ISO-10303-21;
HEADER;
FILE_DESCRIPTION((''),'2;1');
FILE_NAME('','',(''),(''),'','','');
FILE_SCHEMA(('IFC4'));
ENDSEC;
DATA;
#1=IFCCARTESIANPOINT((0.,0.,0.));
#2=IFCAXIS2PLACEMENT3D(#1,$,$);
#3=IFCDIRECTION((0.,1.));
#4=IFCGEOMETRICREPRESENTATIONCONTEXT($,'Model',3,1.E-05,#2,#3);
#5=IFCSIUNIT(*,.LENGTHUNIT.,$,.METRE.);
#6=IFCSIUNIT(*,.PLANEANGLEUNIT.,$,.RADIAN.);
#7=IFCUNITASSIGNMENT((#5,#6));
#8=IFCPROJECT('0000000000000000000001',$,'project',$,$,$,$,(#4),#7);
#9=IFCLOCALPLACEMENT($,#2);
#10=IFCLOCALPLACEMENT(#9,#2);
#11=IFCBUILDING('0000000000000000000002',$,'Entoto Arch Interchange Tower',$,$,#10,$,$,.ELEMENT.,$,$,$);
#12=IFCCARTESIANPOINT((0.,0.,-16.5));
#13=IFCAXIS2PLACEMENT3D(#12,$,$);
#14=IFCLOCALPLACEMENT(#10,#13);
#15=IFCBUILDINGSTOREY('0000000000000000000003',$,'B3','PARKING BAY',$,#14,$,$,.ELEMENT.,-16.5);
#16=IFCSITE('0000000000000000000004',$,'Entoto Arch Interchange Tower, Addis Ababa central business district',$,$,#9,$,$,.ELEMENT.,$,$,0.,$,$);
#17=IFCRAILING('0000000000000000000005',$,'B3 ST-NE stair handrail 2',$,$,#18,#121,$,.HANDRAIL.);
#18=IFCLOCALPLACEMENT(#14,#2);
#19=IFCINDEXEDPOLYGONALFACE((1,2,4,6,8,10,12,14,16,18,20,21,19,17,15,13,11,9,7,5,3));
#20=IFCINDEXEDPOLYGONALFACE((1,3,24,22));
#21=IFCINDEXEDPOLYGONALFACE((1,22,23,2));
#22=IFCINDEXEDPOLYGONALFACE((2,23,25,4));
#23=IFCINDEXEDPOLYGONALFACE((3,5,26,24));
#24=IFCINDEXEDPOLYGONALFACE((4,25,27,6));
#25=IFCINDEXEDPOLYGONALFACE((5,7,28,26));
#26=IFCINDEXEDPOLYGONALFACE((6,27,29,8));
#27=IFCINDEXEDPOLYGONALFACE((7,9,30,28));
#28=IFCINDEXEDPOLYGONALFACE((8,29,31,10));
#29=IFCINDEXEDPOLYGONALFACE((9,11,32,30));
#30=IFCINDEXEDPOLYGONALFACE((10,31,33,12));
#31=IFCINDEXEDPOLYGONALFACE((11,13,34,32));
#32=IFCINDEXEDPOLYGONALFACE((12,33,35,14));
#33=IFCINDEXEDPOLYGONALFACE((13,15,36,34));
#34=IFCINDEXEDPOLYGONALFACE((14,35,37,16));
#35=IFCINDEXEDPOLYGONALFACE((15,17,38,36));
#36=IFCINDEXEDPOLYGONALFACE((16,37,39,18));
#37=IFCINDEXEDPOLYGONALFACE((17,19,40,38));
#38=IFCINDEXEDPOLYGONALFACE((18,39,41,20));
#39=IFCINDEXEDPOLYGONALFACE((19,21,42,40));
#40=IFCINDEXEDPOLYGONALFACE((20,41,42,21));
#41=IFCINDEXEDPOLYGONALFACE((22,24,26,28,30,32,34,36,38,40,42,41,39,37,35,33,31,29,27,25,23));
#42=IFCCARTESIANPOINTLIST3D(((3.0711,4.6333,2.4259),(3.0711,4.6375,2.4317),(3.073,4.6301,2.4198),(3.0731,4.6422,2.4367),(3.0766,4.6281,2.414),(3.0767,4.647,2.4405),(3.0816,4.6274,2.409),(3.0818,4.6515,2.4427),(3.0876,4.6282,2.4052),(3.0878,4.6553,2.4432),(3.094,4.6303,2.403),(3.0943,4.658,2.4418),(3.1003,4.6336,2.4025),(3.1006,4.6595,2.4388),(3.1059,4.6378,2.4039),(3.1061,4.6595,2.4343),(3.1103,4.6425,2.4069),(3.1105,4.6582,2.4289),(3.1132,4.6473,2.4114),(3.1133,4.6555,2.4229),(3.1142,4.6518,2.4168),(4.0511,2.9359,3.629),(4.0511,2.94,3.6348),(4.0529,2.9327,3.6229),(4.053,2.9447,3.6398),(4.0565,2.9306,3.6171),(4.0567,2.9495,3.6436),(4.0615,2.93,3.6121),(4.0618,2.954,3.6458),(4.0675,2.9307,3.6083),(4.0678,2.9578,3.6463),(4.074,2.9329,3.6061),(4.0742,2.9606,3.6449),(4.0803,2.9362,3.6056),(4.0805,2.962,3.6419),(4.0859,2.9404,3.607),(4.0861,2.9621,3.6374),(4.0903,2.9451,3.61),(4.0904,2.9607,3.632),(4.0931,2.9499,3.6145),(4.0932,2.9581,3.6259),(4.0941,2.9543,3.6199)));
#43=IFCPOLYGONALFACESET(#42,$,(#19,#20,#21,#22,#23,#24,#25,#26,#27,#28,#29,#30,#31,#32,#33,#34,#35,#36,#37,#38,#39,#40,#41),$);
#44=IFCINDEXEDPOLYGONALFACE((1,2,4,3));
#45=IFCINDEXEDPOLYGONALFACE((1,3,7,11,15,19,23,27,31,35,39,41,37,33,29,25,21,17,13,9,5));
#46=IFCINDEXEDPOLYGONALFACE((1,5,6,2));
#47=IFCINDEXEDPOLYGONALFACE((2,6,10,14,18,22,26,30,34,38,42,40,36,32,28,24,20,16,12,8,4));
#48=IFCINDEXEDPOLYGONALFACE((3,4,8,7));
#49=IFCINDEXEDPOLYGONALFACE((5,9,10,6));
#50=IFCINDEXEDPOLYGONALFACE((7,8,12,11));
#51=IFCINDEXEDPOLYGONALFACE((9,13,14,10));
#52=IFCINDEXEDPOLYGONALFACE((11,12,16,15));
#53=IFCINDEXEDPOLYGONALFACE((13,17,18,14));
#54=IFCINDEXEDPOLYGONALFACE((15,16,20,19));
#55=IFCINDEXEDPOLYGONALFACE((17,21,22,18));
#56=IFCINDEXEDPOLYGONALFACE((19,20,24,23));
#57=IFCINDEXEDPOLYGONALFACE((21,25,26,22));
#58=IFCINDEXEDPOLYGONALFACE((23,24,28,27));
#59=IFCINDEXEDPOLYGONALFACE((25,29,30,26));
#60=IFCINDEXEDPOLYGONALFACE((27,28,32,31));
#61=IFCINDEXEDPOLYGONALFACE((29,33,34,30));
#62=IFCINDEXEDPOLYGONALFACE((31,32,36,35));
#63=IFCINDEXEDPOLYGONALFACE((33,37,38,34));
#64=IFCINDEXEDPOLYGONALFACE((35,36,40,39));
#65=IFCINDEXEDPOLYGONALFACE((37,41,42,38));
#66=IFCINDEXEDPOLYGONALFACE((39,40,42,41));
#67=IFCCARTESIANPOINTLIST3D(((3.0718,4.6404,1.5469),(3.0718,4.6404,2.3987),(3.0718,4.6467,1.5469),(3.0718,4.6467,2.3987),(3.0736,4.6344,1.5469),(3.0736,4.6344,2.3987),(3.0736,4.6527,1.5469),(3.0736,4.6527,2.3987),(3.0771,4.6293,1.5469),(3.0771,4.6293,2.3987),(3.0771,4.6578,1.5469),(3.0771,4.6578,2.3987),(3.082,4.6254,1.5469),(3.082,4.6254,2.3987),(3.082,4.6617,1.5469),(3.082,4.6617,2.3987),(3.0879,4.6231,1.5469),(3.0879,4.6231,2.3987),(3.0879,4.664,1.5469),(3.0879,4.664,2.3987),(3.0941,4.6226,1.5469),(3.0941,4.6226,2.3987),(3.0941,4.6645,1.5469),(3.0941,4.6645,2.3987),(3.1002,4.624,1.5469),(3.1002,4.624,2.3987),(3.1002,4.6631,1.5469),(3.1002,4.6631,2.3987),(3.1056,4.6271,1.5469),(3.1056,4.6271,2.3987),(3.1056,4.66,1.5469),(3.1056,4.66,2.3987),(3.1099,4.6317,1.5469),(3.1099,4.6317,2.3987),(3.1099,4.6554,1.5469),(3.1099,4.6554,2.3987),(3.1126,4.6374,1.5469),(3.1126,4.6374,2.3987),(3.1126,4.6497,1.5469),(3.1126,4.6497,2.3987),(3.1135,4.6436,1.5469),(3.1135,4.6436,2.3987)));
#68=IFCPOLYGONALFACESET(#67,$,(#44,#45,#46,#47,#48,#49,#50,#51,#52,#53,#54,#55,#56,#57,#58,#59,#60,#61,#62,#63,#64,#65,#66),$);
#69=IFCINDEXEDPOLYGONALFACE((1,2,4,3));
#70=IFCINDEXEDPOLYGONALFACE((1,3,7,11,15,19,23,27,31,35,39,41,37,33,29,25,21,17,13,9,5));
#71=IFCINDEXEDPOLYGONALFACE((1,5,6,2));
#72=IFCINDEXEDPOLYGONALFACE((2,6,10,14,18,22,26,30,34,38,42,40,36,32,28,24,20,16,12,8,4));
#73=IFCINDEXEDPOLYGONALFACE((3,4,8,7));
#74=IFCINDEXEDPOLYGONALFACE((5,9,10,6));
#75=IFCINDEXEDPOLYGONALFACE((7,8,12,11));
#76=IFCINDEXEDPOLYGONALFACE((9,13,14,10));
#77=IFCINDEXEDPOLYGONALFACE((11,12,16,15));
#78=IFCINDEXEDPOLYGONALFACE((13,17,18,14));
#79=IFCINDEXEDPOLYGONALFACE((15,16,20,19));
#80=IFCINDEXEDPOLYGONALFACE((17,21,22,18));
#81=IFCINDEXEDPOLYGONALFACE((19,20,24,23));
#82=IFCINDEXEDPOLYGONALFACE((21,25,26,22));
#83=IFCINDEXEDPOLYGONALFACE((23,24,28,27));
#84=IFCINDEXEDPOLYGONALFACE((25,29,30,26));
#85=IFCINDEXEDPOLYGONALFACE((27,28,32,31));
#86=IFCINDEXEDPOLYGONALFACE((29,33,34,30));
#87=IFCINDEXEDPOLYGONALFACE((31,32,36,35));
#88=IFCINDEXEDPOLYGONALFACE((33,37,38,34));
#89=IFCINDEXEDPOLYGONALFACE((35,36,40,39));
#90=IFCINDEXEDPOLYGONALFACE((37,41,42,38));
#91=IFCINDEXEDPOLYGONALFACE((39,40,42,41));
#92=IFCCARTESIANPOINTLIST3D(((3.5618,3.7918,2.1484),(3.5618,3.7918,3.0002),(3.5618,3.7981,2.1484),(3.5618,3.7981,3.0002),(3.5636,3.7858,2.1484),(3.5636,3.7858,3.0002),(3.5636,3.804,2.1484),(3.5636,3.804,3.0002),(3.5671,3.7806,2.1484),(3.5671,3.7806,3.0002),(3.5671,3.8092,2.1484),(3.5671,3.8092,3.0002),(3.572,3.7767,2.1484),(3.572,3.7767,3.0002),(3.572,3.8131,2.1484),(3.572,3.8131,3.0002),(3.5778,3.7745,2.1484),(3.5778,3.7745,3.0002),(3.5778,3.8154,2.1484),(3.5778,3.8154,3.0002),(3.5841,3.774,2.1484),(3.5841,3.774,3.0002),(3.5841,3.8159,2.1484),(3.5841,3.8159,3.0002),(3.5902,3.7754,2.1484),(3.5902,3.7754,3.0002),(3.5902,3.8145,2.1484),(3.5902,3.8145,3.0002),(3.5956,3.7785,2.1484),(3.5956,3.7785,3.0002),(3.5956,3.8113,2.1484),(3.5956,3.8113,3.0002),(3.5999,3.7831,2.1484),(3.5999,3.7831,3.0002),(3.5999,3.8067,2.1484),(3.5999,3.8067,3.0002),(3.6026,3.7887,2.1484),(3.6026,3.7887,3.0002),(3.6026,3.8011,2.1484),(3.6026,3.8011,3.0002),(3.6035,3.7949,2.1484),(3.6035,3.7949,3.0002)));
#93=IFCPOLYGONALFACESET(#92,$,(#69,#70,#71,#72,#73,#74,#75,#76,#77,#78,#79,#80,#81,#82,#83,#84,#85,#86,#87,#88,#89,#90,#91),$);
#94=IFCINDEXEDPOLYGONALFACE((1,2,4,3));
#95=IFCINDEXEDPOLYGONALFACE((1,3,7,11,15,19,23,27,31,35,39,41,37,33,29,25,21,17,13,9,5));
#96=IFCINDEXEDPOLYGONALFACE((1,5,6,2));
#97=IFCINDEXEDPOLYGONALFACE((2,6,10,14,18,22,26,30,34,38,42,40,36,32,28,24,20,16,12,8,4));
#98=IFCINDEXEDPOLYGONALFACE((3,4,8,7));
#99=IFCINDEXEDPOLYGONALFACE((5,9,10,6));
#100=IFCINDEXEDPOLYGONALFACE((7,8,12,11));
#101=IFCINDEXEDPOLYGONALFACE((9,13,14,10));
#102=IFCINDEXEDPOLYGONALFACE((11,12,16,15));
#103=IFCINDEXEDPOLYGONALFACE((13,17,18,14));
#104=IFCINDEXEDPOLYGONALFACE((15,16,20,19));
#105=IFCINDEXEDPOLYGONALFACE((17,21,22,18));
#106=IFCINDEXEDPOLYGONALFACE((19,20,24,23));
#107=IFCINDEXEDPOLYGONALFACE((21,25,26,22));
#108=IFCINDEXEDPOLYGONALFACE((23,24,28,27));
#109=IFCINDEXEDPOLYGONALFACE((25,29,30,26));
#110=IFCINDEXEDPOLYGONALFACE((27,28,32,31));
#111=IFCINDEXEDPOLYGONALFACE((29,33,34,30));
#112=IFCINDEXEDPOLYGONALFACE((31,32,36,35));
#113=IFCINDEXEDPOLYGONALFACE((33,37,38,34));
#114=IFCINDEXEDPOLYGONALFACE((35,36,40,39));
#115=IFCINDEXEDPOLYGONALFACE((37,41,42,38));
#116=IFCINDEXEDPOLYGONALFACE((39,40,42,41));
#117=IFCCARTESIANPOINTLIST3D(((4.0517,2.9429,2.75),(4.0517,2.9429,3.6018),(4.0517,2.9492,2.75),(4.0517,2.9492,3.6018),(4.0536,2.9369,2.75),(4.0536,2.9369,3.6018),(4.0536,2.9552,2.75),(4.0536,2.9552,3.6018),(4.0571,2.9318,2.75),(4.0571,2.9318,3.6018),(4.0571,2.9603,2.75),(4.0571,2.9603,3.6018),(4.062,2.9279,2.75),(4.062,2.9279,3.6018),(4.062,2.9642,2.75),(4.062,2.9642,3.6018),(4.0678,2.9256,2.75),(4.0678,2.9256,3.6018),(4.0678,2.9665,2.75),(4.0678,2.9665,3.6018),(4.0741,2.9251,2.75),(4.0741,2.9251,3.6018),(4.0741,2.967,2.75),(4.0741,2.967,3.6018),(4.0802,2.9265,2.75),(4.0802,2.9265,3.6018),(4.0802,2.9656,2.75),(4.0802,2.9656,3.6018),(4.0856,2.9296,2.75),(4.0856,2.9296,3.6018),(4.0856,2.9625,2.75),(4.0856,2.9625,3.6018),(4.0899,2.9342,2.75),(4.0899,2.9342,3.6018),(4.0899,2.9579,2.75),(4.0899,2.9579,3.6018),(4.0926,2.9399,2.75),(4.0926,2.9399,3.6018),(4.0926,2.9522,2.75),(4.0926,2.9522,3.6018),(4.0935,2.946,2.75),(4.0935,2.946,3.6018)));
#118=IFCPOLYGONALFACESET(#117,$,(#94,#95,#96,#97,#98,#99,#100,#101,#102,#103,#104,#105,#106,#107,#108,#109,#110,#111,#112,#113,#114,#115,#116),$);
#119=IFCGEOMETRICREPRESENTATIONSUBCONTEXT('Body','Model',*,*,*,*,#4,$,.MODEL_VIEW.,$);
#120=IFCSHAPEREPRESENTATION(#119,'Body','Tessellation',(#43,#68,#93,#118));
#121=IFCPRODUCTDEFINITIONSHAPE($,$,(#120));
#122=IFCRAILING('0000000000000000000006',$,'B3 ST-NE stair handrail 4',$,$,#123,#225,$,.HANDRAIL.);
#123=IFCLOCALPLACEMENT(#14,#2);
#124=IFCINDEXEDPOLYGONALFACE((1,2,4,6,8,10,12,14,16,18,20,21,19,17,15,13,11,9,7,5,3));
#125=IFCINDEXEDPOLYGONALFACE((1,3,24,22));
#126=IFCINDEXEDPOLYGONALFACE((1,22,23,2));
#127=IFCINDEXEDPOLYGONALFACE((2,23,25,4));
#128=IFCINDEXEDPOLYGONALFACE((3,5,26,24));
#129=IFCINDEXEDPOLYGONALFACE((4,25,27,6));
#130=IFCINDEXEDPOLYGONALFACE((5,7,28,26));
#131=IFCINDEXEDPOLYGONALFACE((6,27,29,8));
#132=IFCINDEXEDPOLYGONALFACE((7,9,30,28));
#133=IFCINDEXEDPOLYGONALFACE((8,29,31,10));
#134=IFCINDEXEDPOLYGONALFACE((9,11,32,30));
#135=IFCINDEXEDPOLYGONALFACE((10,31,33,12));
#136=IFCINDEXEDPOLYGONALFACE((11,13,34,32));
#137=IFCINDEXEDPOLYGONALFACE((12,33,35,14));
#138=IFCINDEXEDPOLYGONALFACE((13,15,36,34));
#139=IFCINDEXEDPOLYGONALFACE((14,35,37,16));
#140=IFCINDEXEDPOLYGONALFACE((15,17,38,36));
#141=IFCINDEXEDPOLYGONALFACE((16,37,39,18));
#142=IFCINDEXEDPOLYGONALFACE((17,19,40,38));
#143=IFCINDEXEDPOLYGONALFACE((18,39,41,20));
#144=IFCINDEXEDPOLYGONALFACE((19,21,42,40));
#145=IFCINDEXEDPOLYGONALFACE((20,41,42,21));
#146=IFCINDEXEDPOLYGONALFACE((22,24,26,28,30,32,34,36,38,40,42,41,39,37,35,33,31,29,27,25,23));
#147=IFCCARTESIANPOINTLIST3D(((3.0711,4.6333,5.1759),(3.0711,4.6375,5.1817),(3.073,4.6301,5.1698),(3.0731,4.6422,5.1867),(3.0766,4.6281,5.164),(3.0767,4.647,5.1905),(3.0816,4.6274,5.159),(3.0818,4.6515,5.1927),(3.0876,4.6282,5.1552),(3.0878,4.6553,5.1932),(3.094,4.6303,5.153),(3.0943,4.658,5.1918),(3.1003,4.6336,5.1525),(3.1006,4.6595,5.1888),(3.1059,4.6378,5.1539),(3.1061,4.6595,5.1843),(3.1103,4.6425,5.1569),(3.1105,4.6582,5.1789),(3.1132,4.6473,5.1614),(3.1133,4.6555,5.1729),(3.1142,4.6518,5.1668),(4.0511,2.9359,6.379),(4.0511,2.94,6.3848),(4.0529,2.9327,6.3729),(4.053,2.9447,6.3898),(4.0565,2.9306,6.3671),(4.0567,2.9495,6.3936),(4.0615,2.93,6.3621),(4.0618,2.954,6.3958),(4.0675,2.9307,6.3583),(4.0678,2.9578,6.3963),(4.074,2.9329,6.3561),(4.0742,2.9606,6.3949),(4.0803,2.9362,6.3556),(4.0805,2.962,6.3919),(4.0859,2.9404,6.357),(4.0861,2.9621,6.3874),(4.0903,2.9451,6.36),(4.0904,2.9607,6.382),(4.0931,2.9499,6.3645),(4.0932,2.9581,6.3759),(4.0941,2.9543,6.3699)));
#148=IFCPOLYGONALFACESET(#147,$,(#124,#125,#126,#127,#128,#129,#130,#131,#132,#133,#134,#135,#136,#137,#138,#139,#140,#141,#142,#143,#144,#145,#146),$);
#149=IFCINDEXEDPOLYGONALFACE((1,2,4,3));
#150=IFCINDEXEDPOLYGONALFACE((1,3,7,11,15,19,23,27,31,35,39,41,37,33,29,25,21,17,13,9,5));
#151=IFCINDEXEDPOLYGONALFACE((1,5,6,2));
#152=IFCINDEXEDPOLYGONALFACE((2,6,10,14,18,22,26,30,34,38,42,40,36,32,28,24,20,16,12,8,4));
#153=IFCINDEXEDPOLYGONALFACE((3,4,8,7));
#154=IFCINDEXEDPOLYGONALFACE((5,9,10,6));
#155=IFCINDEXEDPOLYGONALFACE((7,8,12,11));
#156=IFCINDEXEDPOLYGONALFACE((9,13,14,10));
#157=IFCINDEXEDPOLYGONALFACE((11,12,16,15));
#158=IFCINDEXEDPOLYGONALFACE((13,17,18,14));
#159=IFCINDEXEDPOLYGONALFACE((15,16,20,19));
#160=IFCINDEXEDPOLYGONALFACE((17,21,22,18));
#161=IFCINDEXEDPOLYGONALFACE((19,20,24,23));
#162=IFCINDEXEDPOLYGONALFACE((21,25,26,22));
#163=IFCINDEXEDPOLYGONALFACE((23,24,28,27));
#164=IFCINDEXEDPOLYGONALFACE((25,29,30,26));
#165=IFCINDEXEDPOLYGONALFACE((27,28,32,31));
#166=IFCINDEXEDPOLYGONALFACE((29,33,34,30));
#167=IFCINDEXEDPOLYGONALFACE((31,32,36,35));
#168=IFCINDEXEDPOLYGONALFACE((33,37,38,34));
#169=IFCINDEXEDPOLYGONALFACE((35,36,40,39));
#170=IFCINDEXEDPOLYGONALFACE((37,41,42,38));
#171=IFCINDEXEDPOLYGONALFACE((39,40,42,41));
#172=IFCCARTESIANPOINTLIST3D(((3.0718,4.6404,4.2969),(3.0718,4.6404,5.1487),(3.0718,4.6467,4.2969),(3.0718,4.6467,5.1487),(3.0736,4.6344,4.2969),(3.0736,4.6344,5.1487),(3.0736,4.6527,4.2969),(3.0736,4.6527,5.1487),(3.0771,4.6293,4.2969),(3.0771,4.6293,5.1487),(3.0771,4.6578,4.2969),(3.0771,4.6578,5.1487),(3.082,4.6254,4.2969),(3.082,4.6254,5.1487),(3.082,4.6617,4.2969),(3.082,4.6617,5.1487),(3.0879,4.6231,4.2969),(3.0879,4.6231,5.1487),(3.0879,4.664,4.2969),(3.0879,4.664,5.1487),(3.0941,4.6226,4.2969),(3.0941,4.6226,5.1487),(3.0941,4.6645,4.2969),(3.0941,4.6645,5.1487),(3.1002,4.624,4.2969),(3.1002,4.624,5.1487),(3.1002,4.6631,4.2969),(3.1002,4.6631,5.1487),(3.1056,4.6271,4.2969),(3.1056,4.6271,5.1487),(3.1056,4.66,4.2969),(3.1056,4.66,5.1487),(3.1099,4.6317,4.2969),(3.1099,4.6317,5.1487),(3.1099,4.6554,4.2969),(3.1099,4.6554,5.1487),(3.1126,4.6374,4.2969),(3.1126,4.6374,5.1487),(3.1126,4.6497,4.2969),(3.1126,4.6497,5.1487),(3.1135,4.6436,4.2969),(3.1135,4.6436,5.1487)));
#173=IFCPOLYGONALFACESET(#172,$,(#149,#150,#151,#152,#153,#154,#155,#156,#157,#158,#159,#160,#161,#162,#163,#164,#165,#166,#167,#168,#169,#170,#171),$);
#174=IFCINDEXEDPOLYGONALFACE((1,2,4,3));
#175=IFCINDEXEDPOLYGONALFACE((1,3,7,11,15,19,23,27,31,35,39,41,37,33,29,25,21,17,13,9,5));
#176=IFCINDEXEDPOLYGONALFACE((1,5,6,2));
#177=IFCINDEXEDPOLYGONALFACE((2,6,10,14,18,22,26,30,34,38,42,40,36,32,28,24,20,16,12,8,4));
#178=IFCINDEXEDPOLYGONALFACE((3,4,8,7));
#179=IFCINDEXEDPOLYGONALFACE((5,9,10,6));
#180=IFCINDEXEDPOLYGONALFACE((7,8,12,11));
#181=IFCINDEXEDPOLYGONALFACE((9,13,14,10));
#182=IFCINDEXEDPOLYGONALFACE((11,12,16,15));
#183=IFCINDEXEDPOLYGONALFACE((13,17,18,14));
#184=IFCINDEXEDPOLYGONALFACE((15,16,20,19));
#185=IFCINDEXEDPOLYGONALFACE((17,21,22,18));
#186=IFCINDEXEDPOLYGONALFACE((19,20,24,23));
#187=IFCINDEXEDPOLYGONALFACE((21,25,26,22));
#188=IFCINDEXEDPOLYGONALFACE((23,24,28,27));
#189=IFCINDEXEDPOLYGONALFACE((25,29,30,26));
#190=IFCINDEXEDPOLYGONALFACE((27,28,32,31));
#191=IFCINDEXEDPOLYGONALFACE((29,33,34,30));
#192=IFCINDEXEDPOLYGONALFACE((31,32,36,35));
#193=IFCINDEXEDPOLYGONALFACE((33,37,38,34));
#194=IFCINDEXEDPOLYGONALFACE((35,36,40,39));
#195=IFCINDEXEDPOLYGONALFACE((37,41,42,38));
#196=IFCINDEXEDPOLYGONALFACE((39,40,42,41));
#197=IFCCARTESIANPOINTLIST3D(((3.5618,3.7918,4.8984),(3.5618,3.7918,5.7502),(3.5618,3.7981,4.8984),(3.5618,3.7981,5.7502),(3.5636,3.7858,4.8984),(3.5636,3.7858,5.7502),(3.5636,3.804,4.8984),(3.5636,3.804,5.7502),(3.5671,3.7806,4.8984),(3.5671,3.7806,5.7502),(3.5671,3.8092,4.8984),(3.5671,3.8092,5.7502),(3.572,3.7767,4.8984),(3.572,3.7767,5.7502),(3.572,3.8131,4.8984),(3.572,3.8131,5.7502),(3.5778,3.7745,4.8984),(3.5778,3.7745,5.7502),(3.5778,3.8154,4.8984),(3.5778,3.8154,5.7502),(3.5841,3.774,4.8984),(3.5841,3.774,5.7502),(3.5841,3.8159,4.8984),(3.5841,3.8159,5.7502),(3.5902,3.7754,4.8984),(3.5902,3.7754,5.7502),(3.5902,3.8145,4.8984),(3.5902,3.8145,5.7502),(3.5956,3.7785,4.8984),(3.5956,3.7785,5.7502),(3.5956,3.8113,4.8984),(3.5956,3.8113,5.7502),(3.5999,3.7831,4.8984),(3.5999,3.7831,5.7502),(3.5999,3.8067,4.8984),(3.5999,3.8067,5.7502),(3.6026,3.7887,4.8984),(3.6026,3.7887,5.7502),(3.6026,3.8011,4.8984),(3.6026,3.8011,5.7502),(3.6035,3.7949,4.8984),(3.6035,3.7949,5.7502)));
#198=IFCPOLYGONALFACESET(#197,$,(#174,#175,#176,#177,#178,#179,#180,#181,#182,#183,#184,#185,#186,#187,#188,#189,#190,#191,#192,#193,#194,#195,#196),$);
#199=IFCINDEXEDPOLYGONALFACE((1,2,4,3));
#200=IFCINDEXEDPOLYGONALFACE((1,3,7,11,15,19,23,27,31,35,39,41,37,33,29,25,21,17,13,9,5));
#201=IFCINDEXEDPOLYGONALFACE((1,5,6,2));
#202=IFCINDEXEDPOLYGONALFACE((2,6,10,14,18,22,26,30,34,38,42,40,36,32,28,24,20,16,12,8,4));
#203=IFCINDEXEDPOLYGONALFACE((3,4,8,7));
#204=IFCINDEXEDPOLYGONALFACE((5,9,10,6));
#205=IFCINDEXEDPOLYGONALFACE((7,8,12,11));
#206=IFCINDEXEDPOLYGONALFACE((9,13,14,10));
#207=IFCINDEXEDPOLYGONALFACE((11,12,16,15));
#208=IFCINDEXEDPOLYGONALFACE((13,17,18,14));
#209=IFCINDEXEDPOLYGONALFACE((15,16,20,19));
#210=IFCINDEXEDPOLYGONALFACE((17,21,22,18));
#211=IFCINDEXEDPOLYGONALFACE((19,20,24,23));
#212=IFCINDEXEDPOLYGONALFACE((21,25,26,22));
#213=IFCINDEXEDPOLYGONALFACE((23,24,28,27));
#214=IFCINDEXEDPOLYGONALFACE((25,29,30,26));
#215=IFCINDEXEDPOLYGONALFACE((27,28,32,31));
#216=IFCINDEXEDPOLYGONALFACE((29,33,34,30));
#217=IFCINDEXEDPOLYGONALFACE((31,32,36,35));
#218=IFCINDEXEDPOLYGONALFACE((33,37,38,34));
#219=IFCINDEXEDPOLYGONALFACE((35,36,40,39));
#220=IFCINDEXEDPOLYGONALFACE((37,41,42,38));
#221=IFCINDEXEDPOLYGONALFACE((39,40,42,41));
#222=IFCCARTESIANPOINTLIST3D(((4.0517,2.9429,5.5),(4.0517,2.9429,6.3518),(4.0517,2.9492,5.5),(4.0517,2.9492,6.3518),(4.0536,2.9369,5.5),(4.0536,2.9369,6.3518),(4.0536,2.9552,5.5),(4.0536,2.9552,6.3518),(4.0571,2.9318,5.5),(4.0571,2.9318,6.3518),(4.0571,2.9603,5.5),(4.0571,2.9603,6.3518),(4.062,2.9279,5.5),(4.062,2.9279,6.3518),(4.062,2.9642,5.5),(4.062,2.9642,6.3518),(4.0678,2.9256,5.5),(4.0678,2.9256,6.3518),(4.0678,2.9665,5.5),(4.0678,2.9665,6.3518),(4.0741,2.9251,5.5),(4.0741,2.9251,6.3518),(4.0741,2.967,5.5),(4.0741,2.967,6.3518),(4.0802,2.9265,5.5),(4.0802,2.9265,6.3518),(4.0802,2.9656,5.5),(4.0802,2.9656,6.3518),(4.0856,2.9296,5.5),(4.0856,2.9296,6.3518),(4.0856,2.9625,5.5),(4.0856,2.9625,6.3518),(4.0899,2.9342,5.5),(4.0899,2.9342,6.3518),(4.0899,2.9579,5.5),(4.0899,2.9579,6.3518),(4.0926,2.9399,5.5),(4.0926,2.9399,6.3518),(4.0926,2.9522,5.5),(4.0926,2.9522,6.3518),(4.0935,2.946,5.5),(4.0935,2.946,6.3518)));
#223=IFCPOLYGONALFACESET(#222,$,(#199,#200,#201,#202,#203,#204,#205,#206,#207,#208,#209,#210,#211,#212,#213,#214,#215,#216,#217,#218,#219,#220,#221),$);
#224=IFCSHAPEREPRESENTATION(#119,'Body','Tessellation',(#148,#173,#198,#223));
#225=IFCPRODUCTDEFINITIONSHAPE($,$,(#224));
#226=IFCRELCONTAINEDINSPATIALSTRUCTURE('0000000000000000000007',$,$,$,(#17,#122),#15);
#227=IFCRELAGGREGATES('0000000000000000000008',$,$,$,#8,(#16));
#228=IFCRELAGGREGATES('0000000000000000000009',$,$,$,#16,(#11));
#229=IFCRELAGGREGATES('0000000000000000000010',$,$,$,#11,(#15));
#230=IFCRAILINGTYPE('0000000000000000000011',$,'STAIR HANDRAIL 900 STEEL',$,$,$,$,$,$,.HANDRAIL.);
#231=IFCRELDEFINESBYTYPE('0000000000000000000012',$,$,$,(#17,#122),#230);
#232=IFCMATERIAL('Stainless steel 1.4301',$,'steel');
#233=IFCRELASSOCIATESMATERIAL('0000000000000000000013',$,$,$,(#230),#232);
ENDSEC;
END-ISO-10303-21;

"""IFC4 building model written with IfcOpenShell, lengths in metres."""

from ifc_helpers import new_model, si_unit, direction, frame, origin, origin_2d, place, context, subcontext, project, spatial, circle, extrude, material, type_object, element, save


model = new_model("IFC4")

# Units and contexts
model_context = context("Model", 3, precision=1e-05, world=origin(), true_north=direction((0.0, 1.0)))
body_context = subcontext(model_context, "Body", "Model", "MODEL_VIEW")
ifc_project = project(units=[si_unit("LENGTHUNIT", "METRE"), si_unit("PLANEANGLEUNIT", "RADIAN")], contexts=[model_context])

# Site, building, storey
site_placement = place(None, origin())
site = spatial("IfcSite", under=ifc_project, at=site_placement, Name="Entoto Arch Interchange Tower, Addis Ababa central business district", CompositionType="ELEMENT", RefElevation=0.0)
building_placement = place(site_placement, origin())
building = spatial("IfcBuilding", under=site, at=building_placement, Name="Entoto Arch Interchange Tower", CompositionType="ELEMENT")
storey_placement = place(building_placement, frame((0.0, 0.0, -16.5)))
storey = spatial("IfcBuildingStorey", under=building, at=storey_placement, Name="B3", Description="PARKING BAY", CompositionType="ELEMENT", Elevation=-16.5)

# Railings
ifc_material_1 = material(Name="Stainless steel 1.4301", Category="steel")
railing_type_1 = type_object("IfcRailingType", Name="STAIR HANDRAIL 900 STEEL", PredefinedType="HANDRAIL", material=ifc_material_1)
for number, where, name in (
    (1, (3.0925, 4.6436, 1.5469), "B3 ST-NE stair handrail 2"),
    (2, (3.0925, 4.6436, 4.2969), "B3 ST-NE stair handrail 4"),
):
    element("IfcRailing", number, at=place(storey_placement, frame(where)), inside=storey, type_object=railing_type_1, Name=name, PredefinedType="HANDRAIL", context=body_context, shape_type="SweptSolid", body=[
        extrude(circle(Radius=0.0239, at=origin_2d()), frame((0.0, 0.0, 0.876), z_axis=(0.426102, -0.738089, 0.523127), x_axis=(0.866042, 0.49997, 0.0)), (0.0, 0.0, 1.0), 2.2998),
        extrude(circle(Radius=0.021, at=origin_2d()), origin(), (0.0, 0.0, 1.0), 0.8518),
        extrude(circle(Radius=0.021, at=origin_2d()), frame((0.49, -0.8486, 0.6016)), (0.0, 0.0, 1.0), 0.8518),
        extrude(circle(Radius=0.021, at=origin_2d()), frame((0.98, -1.6975, 1.2031)), (0.0, 0.0, 1.0), 0.8518),
    ])

save(model, "model.ifc")
